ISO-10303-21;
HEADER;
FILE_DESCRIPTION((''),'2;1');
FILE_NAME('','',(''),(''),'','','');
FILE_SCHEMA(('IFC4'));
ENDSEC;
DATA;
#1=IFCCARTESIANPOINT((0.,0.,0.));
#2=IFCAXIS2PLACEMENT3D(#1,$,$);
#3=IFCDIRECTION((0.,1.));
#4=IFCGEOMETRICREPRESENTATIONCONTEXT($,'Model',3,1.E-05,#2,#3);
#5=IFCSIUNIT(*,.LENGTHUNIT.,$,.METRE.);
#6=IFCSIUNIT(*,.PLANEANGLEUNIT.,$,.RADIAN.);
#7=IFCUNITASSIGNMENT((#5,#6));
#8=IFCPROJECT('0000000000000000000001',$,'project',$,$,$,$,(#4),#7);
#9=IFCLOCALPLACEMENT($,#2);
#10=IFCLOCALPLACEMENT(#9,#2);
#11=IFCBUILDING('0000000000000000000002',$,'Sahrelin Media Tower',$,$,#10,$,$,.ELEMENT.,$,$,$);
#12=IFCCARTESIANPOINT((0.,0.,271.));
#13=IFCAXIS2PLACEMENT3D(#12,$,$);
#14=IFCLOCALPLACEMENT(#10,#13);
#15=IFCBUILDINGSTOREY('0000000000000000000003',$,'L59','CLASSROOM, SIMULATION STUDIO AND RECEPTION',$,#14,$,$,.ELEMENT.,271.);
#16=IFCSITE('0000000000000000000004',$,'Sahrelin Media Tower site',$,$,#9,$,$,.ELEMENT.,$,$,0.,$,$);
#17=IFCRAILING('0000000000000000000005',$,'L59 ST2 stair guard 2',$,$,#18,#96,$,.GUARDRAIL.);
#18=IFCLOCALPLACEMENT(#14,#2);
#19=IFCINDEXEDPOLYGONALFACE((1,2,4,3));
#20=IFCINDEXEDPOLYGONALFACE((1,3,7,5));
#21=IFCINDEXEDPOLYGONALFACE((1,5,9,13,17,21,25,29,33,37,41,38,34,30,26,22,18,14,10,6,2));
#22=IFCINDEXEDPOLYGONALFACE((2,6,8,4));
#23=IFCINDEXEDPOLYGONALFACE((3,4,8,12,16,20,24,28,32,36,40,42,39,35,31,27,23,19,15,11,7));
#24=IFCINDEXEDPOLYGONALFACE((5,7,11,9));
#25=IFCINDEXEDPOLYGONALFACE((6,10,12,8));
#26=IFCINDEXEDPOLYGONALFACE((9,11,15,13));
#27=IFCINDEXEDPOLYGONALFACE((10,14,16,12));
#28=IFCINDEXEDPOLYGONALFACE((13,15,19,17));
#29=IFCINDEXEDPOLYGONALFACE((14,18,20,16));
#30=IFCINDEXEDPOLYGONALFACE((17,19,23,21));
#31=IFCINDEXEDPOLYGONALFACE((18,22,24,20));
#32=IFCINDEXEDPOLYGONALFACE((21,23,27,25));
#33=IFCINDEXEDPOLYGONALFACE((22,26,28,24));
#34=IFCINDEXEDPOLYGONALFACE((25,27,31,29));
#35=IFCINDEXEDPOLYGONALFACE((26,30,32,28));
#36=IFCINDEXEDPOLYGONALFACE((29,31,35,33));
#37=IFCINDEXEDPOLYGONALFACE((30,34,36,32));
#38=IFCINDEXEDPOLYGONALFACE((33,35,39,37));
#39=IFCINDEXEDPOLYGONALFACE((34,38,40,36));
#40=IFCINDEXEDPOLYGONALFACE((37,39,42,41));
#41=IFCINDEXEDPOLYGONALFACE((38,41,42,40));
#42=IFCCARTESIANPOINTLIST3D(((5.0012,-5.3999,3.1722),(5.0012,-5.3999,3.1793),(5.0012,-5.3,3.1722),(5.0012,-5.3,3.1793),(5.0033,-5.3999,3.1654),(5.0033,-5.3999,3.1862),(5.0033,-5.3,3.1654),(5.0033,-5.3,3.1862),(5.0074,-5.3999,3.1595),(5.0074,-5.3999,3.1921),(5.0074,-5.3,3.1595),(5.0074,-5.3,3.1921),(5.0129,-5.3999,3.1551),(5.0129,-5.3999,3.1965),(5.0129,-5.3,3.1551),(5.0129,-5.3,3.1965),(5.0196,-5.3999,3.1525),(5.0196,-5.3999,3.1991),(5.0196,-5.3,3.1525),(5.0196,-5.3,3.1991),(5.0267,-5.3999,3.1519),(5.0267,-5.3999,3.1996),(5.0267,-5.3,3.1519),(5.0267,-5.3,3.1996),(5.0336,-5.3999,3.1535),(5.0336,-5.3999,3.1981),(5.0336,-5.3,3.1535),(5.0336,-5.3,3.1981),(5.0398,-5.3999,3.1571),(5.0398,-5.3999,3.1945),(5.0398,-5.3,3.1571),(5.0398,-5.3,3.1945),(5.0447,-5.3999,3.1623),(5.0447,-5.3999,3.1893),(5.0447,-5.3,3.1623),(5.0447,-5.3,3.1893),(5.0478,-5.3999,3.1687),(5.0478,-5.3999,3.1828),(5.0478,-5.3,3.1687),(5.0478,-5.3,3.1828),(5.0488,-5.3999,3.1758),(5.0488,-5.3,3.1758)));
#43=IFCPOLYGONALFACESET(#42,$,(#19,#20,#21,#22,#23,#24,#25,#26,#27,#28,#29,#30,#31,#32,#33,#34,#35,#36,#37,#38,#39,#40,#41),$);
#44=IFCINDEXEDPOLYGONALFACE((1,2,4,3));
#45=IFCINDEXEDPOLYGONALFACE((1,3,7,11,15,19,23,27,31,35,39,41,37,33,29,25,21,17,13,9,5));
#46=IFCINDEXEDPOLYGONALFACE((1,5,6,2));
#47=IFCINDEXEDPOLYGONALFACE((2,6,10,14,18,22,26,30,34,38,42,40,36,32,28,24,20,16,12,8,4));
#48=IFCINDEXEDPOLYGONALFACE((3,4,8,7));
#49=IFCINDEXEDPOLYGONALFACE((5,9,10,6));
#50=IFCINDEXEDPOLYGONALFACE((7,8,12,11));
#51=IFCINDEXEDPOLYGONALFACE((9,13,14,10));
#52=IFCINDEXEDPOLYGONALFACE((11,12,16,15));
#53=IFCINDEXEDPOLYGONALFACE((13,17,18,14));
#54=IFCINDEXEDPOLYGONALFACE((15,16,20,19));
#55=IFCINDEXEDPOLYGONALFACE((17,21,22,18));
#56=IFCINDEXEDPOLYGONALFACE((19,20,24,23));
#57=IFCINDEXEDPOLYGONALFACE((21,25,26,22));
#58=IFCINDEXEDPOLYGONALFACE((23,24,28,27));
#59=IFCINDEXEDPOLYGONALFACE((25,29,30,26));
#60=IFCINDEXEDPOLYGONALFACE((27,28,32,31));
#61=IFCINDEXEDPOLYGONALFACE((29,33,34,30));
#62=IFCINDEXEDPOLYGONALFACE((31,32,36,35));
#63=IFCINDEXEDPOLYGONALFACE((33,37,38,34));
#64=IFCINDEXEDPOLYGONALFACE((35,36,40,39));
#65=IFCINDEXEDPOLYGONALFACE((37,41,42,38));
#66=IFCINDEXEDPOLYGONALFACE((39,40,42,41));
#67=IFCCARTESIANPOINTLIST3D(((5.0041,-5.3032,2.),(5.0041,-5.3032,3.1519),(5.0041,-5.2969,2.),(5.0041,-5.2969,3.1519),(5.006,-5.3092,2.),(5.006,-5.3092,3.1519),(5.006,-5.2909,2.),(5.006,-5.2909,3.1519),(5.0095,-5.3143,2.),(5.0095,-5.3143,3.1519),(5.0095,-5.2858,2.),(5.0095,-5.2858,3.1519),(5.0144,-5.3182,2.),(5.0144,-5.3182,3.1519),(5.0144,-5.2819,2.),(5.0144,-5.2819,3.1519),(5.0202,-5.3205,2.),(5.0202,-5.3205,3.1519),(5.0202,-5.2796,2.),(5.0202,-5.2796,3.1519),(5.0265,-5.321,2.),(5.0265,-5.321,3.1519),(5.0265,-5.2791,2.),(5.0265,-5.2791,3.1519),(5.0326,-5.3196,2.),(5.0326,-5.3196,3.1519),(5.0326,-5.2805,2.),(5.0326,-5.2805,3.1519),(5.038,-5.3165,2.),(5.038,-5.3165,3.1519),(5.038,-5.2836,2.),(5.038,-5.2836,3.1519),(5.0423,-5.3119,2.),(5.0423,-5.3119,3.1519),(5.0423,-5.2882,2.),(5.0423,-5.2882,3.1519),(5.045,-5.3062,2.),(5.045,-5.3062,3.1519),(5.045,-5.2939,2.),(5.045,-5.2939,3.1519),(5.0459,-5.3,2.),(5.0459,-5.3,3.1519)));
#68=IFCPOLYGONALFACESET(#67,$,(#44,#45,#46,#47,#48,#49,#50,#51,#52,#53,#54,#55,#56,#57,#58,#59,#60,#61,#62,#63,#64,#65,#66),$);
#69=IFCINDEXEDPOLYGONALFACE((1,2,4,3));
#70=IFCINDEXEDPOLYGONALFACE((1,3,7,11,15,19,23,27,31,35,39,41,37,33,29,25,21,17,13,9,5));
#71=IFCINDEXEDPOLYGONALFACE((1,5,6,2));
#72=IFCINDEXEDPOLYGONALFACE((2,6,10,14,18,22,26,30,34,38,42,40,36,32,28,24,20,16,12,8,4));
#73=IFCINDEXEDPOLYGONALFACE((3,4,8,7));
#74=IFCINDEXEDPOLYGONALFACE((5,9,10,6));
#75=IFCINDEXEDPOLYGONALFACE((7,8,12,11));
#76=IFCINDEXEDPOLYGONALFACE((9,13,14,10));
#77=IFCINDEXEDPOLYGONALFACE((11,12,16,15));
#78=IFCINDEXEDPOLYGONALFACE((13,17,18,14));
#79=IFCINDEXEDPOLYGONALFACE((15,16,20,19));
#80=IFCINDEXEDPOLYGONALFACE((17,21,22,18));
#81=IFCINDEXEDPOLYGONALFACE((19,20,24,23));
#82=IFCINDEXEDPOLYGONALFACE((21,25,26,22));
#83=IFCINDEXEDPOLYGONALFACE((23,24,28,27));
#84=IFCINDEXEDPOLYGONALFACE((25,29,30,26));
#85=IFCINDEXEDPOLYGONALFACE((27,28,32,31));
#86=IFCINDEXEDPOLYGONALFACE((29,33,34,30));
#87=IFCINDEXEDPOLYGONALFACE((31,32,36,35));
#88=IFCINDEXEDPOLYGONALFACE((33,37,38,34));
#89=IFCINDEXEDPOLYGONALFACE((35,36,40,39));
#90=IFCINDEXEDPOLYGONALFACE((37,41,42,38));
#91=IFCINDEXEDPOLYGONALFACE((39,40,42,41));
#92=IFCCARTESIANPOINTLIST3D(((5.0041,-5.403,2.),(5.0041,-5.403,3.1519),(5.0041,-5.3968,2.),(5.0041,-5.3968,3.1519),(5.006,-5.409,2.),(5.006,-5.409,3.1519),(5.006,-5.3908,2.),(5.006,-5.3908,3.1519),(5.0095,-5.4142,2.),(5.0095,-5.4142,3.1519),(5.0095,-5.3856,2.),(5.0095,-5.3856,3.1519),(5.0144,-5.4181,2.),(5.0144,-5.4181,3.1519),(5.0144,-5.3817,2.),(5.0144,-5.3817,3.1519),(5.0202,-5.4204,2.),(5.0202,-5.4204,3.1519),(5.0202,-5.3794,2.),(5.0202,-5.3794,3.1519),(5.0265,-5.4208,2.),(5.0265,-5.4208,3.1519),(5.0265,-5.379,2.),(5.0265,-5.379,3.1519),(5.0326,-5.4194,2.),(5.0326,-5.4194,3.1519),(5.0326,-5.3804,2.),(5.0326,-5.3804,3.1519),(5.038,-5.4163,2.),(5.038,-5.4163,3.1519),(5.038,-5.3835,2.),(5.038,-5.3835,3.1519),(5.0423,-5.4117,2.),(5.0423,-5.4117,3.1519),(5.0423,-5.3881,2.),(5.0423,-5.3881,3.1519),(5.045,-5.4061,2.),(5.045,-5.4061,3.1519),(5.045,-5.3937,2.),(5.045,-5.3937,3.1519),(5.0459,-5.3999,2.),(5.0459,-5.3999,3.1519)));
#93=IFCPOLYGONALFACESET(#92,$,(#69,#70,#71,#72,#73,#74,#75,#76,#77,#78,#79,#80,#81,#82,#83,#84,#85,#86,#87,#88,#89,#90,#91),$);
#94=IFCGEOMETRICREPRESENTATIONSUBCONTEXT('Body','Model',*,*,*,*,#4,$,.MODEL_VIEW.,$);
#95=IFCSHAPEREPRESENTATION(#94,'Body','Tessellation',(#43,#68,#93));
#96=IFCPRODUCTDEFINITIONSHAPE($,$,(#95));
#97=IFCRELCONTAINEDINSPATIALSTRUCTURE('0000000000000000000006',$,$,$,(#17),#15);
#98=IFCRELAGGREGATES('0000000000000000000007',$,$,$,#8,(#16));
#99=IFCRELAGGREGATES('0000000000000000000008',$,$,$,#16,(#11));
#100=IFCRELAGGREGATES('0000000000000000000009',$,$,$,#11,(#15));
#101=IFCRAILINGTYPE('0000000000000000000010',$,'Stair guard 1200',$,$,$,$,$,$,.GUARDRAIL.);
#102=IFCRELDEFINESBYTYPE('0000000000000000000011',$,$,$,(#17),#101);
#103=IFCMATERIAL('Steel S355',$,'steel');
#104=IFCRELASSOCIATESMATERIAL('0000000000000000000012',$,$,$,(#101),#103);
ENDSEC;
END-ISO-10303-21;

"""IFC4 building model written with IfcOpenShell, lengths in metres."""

from ifc_helpers import new_model, si_unit, direction, frame, origin, origin_2d, place, context, subcontext, project, spatial, circle, extrude, material, type_object, element, save


model = new_model("IFC4")

# Units and contexts
model_context = context("Model", 3, precision=1e-05, world=origin(), true_north=direction((0.0, 1.0)))
body_context = subcontext(model_context, "Body", "Model", "MODEL_VIEW")
ifc_project = project(units=[si_unit("LENGTHUNIT", "METRE"), si_unit("PLANEANGLEUNIT", "RADIAN")], contexts=[model_context])

# Site, building, storey
site_placement = place(None, origin())
site = spatial("IfcSite", under=ifc_project, at=site_placement, Name="Sahrelin Media Tower site", CompositionType="ELEMENT", RefElevation=0.0)
building_placement = place(site_placement, origin())
building = spatial("IfcBuilding", under=site, at=building_placement, Name="Sahrelin Media Tower", CompositionType="ELEMENT")
storey_placement = place(building_placement, frame((0.0, 0.0, 271.0)))
storey = spatial("IfcBuildingStorey", under=building, at=storey_placement, Name="L59", Description="CLASSROOM, SIMULATION STUDIO AND RECEPTION", CompositionType="ELEMENT", Elevation=271.0)

# Shared definitions
ifc_material_1 = material(Name="Steel S355", Category="steel")

# Railing
railing_type_1 = type_object("IfcRailingType", Name="Stair guard 1200", PredefinedType="GUARDRAIL", material=ifc_material_1)
railing_1_placement = place(storey_placement, frame((5.0249, -5.3, 2.0)))
element("IfcRailing", 1, at=railing_1_placement, inside=storey, type_object=railing_type_1, Name="L59 ST2 stair guard 2", PredefinedType="GUARDRAIL", context=body_context, shape_type="SweptSolid", body=[
    extrude(circle(Radius=0.0239, at=origin_2d()), frame((0.0, 0.0, 1.1758), z_axis=(0.0, -1.0, 0.0), x_axis=(1.0, 0.0, 0.0)), (0.0, 0.0, 1.0), 0.0999),
    extrude(circle(Radius=0.021, at=origin_2d()), origin(), (0.0, 0.0, 1.0), 1.1519),
    extrude(circle(Radius=0.021, at=origin_2d()), frame((0.0, -0.0999, 0.0)), (0.0, 0.0, 1.0), 1.1519),
])

save(model, "model.ifc")
